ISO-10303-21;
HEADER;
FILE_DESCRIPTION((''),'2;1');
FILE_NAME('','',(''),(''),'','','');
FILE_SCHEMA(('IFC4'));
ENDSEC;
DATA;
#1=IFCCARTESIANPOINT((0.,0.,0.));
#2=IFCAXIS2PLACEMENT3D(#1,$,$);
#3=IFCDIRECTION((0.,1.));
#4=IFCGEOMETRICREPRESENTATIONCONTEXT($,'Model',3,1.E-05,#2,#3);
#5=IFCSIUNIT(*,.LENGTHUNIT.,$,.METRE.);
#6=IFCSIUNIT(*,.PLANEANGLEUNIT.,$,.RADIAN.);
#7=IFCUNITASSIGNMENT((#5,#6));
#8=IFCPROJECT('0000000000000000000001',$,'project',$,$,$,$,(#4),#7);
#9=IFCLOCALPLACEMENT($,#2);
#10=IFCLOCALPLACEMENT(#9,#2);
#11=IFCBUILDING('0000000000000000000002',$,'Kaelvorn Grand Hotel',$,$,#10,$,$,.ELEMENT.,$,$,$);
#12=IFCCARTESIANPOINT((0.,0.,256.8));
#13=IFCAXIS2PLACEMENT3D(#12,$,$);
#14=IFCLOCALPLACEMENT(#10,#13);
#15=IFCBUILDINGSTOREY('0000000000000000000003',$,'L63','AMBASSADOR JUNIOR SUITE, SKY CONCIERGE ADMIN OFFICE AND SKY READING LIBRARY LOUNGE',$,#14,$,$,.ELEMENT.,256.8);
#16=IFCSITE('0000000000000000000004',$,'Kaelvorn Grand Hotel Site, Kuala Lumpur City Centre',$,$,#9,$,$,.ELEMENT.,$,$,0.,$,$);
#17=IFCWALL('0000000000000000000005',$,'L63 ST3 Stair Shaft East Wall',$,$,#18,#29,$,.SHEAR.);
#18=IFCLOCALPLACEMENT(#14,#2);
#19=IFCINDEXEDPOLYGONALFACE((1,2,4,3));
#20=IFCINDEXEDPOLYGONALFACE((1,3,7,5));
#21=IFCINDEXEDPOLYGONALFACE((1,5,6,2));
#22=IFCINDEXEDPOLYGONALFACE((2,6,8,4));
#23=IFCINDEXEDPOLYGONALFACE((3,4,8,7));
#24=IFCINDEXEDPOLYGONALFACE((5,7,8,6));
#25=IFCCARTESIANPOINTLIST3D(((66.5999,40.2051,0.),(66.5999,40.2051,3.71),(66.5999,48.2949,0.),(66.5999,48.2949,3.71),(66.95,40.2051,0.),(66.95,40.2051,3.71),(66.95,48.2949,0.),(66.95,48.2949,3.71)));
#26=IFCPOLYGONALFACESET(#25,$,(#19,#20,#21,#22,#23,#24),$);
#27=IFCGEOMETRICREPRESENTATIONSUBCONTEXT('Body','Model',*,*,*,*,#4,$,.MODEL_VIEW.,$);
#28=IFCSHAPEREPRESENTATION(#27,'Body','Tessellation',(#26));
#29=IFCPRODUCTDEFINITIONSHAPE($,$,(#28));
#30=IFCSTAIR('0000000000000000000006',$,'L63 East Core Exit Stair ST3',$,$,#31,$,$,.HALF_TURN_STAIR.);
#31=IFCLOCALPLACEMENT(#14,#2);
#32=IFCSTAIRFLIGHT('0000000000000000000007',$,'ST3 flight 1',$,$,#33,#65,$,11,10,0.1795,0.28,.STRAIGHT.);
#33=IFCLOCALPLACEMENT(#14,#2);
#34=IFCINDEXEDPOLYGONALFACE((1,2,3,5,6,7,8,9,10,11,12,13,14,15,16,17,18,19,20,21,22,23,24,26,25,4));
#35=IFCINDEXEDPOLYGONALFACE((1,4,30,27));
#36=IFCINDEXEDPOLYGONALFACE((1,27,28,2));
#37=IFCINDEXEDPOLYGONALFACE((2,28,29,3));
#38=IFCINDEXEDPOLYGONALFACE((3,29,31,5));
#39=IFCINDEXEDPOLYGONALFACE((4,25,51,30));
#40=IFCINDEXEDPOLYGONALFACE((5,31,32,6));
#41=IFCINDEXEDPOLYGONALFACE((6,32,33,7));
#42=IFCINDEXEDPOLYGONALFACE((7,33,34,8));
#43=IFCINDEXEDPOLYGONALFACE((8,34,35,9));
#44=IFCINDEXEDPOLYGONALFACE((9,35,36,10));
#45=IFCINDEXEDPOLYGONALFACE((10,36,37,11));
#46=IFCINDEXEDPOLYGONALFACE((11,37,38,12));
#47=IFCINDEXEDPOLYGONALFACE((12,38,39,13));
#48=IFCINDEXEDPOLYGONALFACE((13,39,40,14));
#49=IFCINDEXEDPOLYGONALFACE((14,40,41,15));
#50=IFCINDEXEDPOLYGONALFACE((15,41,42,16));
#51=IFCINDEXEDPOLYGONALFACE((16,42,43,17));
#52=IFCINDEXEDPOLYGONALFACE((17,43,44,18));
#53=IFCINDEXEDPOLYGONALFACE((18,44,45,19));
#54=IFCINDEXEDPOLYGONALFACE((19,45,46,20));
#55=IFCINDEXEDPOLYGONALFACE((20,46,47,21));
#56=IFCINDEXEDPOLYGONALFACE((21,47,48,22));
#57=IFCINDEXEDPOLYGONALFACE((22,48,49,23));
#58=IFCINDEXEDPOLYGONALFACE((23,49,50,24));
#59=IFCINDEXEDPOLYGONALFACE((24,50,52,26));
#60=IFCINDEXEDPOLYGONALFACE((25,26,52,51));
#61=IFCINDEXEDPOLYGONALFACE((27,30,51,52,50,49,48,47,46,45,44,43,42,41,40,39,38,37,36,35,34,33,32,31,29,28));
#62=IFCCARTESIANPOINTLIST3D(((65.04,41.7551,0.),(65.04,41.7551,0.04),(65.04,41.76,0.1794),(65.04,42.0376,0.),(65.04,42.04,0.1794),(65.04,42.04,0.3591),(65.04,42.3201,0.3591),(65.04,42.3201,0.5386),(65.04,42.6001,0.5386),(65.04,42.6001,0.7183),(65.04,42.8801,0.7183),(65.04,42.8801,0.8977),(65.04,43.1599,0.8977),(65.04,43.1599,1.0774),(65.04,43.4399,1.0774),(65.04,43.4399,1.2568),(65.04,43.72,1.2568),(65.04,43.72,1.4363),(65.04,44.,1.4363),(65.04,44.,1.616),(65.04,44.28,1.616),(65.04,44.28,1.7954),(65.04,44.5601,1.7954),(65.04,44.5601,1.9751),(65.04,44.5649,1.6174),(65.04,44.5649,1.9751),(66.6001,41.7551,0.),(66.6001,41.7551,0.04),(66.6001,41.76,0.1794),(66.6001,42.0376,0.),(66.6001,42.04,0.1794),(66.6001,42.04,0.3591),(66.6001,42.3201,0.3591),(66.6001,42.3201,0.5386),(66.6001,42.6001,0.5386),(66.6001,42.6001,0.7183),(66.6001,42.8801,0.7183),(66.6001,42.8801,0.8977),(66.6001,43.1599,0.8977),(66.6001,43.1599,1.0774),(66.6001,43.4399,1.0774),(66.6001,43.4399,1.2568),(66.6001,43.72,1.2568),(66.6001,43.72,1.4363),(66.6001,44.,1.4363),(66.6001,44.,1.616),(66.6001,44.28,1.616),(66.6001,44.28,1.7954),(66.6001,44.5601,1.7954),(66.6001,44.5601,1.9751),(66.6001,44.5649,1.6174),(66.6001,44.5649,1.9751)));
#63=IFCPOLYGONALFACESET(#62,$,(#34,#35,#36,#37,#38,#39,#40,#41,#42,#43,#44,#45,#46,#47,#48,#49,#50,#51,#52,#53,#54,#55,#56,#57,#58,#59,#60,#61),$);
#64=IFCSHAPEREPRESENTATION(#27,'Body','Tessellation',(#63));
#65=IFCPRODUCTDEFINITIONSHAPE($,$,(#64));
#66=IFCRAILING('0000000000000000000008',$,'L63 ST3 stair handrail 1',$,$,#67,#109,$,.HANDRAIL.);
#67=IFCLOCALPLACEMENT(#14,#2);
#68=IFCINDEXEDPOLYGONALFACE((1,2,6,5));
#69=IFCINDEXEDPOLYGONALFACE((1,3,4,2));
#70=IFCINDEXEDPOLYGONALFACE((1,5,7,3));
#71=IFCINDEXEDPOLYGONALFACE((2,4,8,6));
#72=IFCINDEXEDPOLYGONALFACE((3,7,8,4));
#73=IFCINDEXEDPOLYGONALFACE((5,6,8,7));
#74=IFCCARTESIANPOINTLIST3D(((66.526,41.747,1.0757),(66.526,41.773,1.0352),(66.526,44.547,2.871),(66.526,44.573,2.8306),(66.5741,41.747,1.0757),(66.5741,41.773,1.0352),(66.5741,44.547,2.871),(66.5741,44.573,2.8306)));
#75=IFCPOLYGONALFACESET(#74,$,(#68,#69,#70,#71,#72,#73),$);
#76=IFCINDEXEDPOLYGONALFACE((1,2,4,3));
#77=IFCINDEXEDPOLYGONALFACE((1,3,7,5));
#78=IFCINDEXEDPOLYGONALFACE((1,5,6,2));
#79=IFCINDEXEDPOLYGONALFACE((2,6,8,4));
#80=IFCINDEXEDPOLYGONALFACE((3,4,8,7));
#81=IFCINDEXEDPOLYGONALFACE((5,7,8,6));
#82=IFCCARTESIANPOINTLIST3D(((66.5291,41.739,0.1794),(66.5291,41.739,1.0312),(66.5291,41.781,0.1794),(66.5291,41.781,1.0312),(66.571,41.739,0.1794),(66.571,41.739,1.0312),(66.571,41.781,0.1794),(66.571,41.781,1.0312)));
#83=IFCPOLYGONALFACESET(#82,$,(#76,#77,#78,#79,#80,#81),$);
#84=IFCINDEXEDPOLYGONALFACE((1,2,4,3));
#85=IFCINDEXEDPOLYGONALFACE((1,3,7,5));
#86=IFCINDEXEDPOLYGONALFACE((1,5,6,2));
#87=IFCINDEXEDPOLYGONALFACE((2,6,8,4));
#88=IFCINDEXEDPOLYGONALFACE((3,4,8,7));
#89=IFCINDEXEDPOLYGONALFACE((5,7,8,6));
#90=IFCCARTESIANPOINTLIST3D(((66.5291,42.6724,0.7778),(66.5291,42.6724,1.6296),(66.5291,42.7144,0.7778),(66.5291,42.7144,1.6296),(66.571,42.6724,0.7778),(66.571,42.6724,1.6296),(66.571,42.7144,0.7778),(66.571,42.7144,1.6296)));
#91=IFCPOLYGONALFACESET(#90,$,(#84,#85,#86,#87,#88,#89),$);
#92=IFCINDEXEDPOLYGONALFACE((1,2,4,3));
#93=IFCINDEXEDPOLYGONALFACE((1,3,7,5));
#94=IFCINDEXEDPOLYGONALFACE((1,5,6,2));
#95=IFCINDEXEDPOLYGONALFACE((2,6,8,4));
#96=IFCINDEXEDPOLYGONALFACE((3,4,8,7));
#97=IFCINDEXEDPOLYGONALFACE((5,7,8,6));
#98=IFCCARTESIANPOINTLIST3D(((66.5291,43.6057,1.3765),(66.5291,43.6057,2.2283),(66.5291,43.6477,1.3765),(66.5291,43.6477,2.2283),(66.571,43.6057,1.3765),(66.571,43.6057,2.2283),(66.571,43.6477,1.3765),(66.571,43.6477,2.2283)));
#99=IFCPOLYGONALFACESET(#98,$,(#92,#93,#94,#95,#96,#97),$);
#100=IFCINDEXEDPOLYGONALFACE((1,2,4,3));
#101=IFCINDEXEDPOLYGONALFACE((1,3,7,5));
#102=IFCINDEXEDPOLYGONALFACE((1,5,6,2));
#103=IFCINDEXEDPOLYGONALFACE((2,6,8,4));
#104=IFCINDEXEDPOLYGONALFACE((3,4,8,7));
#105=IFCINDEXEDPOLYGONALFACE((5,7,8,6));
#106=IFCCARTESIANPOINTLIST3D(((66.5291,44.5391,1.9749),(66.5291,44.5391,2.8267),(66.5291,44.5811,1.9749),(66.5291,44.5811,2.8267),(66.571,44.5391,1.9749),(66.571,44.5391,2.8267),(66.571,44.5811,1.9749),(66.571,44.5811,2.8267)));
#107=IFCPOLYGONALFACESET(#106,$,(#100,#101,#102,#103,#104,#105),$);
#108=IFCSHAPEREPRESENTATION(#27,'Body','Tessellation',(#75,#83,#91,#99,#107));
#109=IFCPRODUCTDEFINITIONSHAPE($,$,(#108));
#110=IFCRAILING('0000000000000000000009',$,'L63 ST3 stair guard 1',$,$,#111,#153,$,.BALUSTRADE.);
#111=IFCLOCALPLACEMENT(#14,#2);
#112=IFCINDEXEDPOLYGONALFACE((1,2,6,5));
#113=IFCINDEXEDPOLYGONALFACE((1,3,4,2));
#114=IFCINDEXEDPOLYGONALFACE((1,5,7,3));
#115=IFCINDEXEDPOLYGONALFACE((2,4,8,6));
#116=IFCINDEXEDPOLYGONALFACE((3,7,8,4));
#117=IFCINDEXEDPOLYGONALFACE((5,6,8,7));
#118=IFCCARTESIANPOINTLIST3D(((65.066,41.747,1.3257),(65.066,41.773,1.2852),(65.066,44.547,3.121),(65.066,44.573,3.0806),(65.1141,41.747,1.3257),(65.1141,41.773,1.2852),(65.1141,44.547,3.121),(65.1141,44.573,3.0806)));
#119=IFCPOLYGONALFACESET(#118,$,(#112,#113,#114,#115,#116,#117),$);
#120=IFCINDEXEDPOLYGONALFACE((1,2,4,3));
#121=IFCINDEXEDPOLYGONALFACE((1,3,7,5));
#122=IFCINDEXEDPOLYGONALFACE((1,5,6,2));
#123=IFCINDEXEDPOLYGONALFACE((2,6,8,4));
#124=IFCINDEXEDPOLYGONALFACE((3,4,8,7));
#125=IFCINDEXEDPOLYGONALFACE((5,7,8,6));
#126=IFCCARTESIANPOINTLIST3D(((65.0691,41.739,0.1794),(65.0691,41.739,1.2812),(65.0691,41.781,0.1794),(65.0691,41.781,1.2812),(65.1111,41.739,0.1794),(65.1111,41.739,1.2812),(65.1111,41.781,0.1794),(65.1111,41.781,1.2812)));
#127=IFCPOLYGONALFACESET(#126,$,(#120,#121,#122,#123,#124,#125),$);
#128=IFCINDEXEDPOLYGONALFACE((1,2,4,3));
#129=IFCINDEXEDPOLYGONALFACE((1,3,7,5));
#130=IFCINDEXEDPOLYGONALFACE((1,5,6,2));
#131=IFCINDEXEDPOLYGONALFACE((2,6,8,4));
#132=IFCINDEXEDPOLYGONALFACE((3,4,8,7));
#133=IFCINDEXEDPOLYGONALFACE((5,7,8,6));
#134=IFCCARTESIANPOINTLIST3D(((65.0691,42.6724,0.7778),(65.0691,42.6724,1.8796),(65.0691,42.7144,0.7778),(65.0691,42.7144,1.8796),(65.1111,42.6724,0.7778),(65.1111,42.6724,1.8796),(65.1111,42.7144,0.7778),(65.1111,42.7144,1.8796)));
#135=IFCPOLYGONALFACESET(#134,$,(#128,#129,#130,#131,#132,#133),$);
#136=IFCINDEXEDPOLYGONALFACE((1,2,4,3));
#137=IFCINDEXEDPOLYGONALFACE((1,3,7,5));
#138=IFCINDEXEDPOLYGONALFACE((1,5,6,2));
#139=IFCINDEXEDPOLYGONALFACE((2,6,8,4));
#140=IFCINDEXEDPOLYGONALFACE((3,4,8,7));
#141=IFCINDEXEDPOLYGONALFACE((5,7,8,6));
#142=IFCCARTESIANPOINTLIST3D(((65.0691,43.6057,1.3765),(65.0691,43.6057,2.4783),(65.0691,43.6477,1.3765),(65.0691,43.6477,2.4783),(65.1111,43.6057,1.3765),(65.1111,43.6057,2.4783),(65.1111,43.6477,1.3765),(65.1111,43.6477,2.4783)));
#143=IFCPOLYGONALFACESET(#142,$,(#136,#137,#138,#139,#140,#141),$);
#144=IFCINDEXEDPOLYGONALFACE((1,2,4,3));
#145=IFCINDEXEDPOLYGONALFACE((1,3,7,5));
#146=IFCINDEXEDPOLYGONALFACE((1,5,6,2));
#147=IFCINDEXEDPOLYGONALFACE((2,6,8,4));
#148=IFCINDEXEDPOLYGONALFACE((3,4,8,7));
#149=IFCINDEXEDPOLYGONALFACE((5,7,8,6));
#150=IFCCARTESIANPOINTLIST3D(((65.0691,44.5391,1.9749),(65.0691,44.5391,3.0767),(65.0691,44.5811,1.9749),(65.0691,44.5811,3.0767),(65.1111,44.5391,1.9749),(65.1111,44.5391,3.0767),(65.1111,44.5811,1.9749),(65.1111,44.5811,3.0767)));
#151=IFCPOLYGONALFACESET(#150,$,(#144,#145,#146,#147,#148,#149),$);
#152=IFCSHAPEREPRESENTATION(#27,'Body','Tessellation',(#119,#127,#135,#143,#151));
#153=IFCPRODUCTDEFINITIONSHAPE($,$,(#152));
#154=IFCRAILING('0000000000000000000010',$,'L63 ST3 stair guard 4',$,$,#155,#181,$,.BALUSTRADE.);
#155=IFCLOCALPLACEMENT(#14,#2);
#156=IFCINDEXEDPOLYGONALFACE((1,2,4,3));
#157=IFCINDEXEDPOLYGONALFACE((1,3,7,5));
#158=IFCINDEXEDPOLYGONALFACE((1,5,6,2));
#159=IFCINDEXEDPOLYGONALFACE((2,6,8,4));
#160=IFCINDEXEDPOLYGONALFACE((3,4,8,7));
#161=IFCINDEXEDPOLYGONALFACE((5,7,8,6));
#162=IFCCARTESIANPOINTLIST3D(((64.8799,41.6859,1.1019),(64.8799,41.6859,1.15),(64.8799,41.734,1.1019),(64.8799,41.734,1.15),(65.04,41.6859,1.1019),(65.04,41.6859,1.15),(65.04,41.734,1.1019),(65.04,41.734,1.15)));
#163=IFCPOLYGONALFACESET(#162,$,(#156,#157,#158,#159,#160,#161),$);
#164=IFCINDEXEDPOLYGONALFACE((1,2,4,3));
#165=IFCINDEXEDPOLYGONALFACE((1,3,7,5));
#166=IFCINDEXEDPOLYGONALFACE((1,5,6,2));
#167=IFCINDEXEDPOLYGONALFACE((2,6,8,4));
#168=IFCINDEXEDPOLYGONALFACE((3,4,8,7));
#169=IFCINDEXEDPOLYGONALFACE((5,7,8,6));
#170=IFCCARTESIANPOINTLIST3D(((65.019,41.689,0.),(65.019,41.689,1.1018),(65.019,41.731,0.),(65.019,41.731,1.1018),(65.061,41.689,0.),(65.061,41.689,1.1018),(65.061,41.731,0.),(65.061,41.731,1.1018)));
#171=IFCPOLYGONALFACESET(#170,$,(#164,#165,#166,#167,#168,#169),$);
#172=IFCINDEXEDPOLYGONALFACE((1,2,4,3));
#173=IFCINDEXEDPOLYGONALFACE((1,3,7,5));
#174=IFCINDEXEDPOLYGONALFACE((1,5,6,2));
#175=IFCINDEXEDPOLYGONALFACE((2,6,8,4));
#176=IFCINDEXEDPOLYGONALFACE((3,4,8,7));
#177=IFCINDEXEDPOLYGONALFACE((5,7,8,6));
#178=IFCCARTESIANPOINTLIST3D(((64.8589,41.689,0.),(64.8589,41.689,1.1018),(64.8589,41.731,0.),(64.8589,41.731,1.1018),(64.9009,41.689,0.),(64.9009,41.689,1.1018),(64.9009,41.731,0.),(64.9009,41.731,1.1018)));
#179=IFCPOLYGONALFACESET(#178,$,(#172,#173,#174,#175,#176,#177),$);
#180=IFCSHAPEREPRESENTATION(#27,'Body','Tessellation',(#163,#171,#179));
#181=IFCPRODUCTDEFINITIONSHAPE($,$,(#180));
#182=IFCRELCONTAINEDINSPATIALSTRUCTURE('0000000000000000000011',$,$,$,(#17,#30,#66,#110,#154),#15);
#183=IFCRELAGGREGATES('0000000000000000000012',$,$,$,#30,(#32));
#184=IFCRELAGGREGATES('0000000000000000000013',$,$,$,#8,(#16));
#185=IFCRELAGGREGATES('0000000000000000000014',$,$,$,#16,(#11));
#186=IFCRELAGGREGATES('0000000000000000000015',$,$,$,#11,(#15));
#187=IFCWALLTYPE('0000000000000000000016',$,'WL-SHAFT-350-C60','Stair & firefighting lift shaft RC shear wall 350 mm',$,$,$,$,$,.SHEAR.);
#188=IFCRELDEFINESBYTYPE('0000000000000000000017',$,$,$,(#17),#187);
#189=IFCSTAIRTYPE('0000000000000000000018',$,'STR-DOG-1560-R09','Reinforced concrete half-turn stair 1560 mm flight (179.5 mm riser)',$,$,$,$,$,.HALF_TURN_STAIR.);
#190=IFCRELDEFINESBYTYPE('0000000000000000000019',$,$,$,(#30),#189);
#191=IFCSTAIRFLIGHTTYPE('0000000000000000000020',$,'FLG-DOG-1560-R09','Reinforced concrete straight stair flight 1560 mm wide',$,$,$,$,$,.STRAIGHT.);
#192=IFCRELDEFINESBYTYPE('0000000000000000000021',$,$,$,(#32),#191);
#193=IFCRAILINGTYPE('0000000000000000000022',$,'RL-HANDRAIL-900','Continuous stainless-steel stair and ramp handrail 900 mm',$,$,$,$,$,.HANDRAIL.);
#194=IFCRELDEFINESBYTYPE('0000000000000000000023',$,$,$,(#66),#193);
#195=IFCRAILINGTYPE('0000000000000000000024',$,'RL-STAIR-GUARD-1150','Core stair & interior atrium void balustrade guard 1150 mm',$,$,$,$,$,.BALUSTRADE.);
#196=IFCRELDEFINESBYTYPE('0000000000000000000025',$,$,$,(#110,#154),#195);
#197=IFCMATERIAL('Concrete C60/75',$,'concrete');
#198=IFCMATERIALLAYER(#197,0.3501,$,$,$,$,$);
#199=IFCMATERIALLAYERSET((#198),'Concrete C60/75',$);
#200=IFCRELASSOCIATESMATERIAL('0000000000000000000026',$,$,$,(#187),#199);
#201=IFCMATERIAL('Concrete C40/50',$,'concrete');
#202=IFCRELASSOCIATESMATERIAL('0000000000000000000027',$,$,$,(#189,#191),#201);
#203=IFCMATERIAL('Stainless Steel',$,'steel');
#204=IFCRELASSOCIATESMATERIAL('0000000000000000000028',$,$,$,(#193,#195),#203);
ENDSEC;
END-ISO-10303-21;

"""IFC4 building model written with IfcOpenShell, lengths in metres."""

from ifc_helpers import new_model, si_unit, direction, frame, frame_2d, origin, origin_2d, place, context, subcontext, project, spatial, polyline, rectangle, outline, extrude, material, layer, layer_set, type_object, element, aggregate, save


model = new_model("IFC4")

# Units and contexts
model_context = context("Model", 3, precision=1e-05, world=origin(), true_north=direction((0.0, 1.0)))
body_context = subcontext(model_context, "Body", "Model", "MODEL_VIEW")
ifc_project = project(units=[si_unit("LENGTHUNIT", "METRE"), si_unit("PLANEANGLEUNIT", "RADIAN")], contexts=[model_context])

# Site, building, storey
site_placement = place(None, origin())
site = spatial("IfcSite", under=ifc_project, at=site_placement, Name="Kaelvorn Grand Hotel Site, Kuala Lumpur City Centre", CompositionType="ELEMENT", RefElevation=0.0)
building_placement = place(site_placement, origin())
building = spatial("IfcBuilding", under=site, at=building_placement, Name="Kaelvorn Grand Hotel", CompositionType="ELEMENT")
storey_placement = place(building_placement, frame((0.0, 0.0, 256.8)))
storey = spatial("IfcBuildingStorey", under=building, at=storey_placement, Name="L63", Description="AMBASSADOR JUNIOR SUITE, SKY CONCIERGE ADMIN OFFICE AND SKY READING LIBRARY LOUNGE", CompositionType="ELEMENT", Elevation=256.8)

# Shared definitions
ifc_material_1 = material(Name="Concrete C40/50", Category="concrete")

# Shared definitions
ifc_material_2 = material(Name="Concrete C60/75", Category="concrete")
ifc_layer_1 = layer(ifc_material_2, 0.3501)
ifc_layer_set_1 = layer_set([ifc_layer_1], Name="Concrete C60/75")
wall_type_1 = type_object("IfcWallType", Name="WL-SHAFT-350-C60", Description="Stair & firefighting lift shaft RC shear wall 350 mm", PredefinedType="SHEAR", material=ifc_layer_set_1)

# Wall
for number, where, z_axis, x_axis, name in (
    (1, (66.7749, 40.2051, 0.0), (0.0, 0.0, 1.0), (0.0, 1.0, 0.0), "L63 ST3 Stair Shaft East Wall"),
):
    element("IfcWall", number, at=place(storey_placement, frame(where, z_axis=z_axis, x_axis=x_axis)), inside=storey, type_object=wall_type_1, Name=name, PredefinedType="SHEAR", context=body_context, shape_type="SweptSolid", body=[
        extrude(rectangle(XDim=8.0898, YDim=0.3501, at=frame_2d((4.0449, 0.0))), origin(), (0.0, 0.0, 1.0), 3.71),
    ])

# Stair, stair flight
stair_type = type_object("IfcStairType", Name="STR-DOG-1560-R09", Description="Reinforced concrete half-turn stair 1560 mm flight (179.5 mm riser)", PredefinedType="HALF_TURN_STAIR", material=ifc_material_1)
stair_placement = place(storey_placement, origin())
stair = element("IfcStair", 2, at=stair_placement, inside=storey, type_object=stair_type, Name="L63 East Core Exit Stair ST3", PredefinedType="HALF_TURN_STAIR")
stair_flight_type = type_object("IfcStairFlightType", Name="FLG-DOG-1560-R09", Description="Reinforced concrete straight stair flight 1560 mm wide", PredefinedType="STRAIGHT", material=ifc_material_1)
stair_flight_placement = place(storey_placement, frame((65.8201, 41.76, 0.0), z_axis=(0.0, 0.0, 1.0), x_axis=(0.0, 1.0, 0.0)))
stair_flight = element("IfcStairFlight", 3, at=stair_flight_placement, type_object=stair_flight_type, Name="ST3 flight 1", NumberOfRisers=11, NumberOfTreads=10, PredefinedType="STRAIGHT", RiserHeight=0.1795, TreadLength=0.28, context=body_context, shape_type="SweptSolid", body=[
    extrude(outline(polyline([(-0.0049, 0.0), (-0.0049, 0.04), (0.0, 0.1794), (0.28, 0.1794), (0.28, 0.3591), (0.5601, 0.3591), (0.5601, 0.5386), (0.8401, 0.5386), (0.8401, 0.7183), (1.1201, 0.7183), (1.1201, 0.8977), (1.3999, 0.8977), (1.3999, 1.0774), (1.6799, 1.0774), (1.6799, 1.2568), (1.96, 1.2568), (1.96, 1.4363), (2.24, 1.4363), (2.24, 1.616), (2.52, 1.616), (2.52, 1.7954), (2.8, 1.7954), (2.8, 1.9751), (2.8049, 1.9751), (2.8049, 1.6174), (0.2776, 0.0), (-0.0049, 0.0)])), frame((0.0, 0.78, 0.0), z_axis=(0.0, -1.0, 0.0), x_axis=(1.0, 0.0, 0.0)), (0.0, 0.0, 1.0), 1.5601),
])
aggregate(stair, [stair_flight])

# Railings
ifc_material_3 = material(Name="Stainless Steel", Category="steel")
railing_type_1 = type_object("IfcRailingType", Name="RL-HANDRAIL-900", Description="Continuous stainless-steel stair and ramp handrail 900 mm", PredefinedType="HANDRAIL", material=ifc_material_3)
railing_1_placement = place(storey_placement, frame((66.55, 41.76, 0.1794)))
element("IfcRailing", 4, at=railing_1_placement, inside=storey, type_object=railing_type_1, Name="L63 ST3 stair handrail 1", PredefinedType="HANDRAIL", context=body_context, shape_type="SweptSolid", body=[
    extrude(rectangle(XDim=0.0481, YDim=0.0481, at=origin_2d()), frame((0.0, 0.0, 0.876), z_axis=(0.0, 0.84181, 0.539774), x_axis=(-1.0, 0.0, 0.0)), (0.0, 0.0, 1.0), 3.3262),
    extrude(rectangle(XDim=0.042, YDim=0.042, at=origin_2d()), origin(), (0.0, 0.0, 1.0), 0.8518),
    extrude(rectangle(XDim=0.042, YDim=0.042, at=origin_2d()), frame((0.0, 0.9333, 0.5984)), (0.0, 0.0, 1.0), 0.8518),
    extrude(rectangle(XDim=0.042, YDim=0.042, at=origin_2d()), frame((0.0, 1.8667, 1.197)), (0.0, 0.0, 1.0), 0.8518),
    extrude(rectangle(XDim=0.042, YDim=0.042, at=origin_2d()), frame((0.0, 2.8, 1.7954)), (0.0, 0.0, 1.0), 0.8518),
])
railing_type_2 = type_object("IfcRailingType", Name="RL-STAIR-GUARD-1150", Description="Core stair & interior atrium void balustrade guard 1150 mm", PredefinedType="BALUSTRADE", material=ifc_material_3)
railing_2_placement = place(storey_placement, frame((65.0901, 41.76, 0.1794)))
element("IfcRailing", 5, at=railing_2_placement, inside=storey, type_object=railing_type_2, Name="L63 ST3 stair guard 1", PredefinedType="BALUSTRADE", context=body_context, shape_type="SweptSolid", body=[
    extrude(rectangle(XDim=0.0481, YDim=0.0481, at=origin_2d()), frame((0.0, 0.0, 1.126), z_axis=(0.0, 0.84181, 0.539774), x_axis=(-1.0, 0.0, 0.0)), (0.0, 0.0, 1.0), 3.3262),
    extrude(rectangle(XDim=0.042, YDim=0.042, at=origin_2d()), origin(), (0.0, 0.0, 1.0), 1.1018),
    extrude(rectangle(XDim=0.042, YDim=0.042, at=origin_2d()), frame((0.0, 0.9333, 0.5984)), (0.0, 0.0, 1.0), 1.1018),
    extrude(rectangle(XDim=0.042, YDim=0.042, at=origin_2d()), frame((0.0, 1.8667, 1.197)), (0.0, 0.0, 1.0), 1.1018),
    extrude(rectangle(XDim=0.042, YDim=0.042, at=origin_2d()), frame((0.0, 2.8, 1.7954)), (0.0, 0.0, 1.0), 1.1018),
])
railing_3_placement = place(storey_placement, frame((65.04, 41.71, 0.0)))
element("IfcRailing", 6, at=railing_3_placement, inside=storey, type_object=railing_type_2, Name="L63 ST3 stair guard 4", PredefinedType="BALUSTRADE", context=body_context, shape_type="SweptSolid", body=[
    extrude(rectangle(XDim=0.0481, YDim=0.0481, at=origin_2d()), frame((0.0, 0.0, 1.126), z_axis=(-1.0, 0.0, 0.0), x_axis=(0.0, -1.0, 0.0)), (0.0, 0.0, 1.0), 0.1602),
    extrude(rectangle(XDim=0.042, YDim=0.042, at=origin_2d()), origin(), (0.0, 0.0, 1.0), 1.1018),
    extrude(rectangle(XDim=0.042, YDim=0.042, at=origin_2d()), frame((-0.1602, 0.0, 0.0)), (0.0, 0.0, 1.0), 1.1018),
])

save(model, "model.ifc")
